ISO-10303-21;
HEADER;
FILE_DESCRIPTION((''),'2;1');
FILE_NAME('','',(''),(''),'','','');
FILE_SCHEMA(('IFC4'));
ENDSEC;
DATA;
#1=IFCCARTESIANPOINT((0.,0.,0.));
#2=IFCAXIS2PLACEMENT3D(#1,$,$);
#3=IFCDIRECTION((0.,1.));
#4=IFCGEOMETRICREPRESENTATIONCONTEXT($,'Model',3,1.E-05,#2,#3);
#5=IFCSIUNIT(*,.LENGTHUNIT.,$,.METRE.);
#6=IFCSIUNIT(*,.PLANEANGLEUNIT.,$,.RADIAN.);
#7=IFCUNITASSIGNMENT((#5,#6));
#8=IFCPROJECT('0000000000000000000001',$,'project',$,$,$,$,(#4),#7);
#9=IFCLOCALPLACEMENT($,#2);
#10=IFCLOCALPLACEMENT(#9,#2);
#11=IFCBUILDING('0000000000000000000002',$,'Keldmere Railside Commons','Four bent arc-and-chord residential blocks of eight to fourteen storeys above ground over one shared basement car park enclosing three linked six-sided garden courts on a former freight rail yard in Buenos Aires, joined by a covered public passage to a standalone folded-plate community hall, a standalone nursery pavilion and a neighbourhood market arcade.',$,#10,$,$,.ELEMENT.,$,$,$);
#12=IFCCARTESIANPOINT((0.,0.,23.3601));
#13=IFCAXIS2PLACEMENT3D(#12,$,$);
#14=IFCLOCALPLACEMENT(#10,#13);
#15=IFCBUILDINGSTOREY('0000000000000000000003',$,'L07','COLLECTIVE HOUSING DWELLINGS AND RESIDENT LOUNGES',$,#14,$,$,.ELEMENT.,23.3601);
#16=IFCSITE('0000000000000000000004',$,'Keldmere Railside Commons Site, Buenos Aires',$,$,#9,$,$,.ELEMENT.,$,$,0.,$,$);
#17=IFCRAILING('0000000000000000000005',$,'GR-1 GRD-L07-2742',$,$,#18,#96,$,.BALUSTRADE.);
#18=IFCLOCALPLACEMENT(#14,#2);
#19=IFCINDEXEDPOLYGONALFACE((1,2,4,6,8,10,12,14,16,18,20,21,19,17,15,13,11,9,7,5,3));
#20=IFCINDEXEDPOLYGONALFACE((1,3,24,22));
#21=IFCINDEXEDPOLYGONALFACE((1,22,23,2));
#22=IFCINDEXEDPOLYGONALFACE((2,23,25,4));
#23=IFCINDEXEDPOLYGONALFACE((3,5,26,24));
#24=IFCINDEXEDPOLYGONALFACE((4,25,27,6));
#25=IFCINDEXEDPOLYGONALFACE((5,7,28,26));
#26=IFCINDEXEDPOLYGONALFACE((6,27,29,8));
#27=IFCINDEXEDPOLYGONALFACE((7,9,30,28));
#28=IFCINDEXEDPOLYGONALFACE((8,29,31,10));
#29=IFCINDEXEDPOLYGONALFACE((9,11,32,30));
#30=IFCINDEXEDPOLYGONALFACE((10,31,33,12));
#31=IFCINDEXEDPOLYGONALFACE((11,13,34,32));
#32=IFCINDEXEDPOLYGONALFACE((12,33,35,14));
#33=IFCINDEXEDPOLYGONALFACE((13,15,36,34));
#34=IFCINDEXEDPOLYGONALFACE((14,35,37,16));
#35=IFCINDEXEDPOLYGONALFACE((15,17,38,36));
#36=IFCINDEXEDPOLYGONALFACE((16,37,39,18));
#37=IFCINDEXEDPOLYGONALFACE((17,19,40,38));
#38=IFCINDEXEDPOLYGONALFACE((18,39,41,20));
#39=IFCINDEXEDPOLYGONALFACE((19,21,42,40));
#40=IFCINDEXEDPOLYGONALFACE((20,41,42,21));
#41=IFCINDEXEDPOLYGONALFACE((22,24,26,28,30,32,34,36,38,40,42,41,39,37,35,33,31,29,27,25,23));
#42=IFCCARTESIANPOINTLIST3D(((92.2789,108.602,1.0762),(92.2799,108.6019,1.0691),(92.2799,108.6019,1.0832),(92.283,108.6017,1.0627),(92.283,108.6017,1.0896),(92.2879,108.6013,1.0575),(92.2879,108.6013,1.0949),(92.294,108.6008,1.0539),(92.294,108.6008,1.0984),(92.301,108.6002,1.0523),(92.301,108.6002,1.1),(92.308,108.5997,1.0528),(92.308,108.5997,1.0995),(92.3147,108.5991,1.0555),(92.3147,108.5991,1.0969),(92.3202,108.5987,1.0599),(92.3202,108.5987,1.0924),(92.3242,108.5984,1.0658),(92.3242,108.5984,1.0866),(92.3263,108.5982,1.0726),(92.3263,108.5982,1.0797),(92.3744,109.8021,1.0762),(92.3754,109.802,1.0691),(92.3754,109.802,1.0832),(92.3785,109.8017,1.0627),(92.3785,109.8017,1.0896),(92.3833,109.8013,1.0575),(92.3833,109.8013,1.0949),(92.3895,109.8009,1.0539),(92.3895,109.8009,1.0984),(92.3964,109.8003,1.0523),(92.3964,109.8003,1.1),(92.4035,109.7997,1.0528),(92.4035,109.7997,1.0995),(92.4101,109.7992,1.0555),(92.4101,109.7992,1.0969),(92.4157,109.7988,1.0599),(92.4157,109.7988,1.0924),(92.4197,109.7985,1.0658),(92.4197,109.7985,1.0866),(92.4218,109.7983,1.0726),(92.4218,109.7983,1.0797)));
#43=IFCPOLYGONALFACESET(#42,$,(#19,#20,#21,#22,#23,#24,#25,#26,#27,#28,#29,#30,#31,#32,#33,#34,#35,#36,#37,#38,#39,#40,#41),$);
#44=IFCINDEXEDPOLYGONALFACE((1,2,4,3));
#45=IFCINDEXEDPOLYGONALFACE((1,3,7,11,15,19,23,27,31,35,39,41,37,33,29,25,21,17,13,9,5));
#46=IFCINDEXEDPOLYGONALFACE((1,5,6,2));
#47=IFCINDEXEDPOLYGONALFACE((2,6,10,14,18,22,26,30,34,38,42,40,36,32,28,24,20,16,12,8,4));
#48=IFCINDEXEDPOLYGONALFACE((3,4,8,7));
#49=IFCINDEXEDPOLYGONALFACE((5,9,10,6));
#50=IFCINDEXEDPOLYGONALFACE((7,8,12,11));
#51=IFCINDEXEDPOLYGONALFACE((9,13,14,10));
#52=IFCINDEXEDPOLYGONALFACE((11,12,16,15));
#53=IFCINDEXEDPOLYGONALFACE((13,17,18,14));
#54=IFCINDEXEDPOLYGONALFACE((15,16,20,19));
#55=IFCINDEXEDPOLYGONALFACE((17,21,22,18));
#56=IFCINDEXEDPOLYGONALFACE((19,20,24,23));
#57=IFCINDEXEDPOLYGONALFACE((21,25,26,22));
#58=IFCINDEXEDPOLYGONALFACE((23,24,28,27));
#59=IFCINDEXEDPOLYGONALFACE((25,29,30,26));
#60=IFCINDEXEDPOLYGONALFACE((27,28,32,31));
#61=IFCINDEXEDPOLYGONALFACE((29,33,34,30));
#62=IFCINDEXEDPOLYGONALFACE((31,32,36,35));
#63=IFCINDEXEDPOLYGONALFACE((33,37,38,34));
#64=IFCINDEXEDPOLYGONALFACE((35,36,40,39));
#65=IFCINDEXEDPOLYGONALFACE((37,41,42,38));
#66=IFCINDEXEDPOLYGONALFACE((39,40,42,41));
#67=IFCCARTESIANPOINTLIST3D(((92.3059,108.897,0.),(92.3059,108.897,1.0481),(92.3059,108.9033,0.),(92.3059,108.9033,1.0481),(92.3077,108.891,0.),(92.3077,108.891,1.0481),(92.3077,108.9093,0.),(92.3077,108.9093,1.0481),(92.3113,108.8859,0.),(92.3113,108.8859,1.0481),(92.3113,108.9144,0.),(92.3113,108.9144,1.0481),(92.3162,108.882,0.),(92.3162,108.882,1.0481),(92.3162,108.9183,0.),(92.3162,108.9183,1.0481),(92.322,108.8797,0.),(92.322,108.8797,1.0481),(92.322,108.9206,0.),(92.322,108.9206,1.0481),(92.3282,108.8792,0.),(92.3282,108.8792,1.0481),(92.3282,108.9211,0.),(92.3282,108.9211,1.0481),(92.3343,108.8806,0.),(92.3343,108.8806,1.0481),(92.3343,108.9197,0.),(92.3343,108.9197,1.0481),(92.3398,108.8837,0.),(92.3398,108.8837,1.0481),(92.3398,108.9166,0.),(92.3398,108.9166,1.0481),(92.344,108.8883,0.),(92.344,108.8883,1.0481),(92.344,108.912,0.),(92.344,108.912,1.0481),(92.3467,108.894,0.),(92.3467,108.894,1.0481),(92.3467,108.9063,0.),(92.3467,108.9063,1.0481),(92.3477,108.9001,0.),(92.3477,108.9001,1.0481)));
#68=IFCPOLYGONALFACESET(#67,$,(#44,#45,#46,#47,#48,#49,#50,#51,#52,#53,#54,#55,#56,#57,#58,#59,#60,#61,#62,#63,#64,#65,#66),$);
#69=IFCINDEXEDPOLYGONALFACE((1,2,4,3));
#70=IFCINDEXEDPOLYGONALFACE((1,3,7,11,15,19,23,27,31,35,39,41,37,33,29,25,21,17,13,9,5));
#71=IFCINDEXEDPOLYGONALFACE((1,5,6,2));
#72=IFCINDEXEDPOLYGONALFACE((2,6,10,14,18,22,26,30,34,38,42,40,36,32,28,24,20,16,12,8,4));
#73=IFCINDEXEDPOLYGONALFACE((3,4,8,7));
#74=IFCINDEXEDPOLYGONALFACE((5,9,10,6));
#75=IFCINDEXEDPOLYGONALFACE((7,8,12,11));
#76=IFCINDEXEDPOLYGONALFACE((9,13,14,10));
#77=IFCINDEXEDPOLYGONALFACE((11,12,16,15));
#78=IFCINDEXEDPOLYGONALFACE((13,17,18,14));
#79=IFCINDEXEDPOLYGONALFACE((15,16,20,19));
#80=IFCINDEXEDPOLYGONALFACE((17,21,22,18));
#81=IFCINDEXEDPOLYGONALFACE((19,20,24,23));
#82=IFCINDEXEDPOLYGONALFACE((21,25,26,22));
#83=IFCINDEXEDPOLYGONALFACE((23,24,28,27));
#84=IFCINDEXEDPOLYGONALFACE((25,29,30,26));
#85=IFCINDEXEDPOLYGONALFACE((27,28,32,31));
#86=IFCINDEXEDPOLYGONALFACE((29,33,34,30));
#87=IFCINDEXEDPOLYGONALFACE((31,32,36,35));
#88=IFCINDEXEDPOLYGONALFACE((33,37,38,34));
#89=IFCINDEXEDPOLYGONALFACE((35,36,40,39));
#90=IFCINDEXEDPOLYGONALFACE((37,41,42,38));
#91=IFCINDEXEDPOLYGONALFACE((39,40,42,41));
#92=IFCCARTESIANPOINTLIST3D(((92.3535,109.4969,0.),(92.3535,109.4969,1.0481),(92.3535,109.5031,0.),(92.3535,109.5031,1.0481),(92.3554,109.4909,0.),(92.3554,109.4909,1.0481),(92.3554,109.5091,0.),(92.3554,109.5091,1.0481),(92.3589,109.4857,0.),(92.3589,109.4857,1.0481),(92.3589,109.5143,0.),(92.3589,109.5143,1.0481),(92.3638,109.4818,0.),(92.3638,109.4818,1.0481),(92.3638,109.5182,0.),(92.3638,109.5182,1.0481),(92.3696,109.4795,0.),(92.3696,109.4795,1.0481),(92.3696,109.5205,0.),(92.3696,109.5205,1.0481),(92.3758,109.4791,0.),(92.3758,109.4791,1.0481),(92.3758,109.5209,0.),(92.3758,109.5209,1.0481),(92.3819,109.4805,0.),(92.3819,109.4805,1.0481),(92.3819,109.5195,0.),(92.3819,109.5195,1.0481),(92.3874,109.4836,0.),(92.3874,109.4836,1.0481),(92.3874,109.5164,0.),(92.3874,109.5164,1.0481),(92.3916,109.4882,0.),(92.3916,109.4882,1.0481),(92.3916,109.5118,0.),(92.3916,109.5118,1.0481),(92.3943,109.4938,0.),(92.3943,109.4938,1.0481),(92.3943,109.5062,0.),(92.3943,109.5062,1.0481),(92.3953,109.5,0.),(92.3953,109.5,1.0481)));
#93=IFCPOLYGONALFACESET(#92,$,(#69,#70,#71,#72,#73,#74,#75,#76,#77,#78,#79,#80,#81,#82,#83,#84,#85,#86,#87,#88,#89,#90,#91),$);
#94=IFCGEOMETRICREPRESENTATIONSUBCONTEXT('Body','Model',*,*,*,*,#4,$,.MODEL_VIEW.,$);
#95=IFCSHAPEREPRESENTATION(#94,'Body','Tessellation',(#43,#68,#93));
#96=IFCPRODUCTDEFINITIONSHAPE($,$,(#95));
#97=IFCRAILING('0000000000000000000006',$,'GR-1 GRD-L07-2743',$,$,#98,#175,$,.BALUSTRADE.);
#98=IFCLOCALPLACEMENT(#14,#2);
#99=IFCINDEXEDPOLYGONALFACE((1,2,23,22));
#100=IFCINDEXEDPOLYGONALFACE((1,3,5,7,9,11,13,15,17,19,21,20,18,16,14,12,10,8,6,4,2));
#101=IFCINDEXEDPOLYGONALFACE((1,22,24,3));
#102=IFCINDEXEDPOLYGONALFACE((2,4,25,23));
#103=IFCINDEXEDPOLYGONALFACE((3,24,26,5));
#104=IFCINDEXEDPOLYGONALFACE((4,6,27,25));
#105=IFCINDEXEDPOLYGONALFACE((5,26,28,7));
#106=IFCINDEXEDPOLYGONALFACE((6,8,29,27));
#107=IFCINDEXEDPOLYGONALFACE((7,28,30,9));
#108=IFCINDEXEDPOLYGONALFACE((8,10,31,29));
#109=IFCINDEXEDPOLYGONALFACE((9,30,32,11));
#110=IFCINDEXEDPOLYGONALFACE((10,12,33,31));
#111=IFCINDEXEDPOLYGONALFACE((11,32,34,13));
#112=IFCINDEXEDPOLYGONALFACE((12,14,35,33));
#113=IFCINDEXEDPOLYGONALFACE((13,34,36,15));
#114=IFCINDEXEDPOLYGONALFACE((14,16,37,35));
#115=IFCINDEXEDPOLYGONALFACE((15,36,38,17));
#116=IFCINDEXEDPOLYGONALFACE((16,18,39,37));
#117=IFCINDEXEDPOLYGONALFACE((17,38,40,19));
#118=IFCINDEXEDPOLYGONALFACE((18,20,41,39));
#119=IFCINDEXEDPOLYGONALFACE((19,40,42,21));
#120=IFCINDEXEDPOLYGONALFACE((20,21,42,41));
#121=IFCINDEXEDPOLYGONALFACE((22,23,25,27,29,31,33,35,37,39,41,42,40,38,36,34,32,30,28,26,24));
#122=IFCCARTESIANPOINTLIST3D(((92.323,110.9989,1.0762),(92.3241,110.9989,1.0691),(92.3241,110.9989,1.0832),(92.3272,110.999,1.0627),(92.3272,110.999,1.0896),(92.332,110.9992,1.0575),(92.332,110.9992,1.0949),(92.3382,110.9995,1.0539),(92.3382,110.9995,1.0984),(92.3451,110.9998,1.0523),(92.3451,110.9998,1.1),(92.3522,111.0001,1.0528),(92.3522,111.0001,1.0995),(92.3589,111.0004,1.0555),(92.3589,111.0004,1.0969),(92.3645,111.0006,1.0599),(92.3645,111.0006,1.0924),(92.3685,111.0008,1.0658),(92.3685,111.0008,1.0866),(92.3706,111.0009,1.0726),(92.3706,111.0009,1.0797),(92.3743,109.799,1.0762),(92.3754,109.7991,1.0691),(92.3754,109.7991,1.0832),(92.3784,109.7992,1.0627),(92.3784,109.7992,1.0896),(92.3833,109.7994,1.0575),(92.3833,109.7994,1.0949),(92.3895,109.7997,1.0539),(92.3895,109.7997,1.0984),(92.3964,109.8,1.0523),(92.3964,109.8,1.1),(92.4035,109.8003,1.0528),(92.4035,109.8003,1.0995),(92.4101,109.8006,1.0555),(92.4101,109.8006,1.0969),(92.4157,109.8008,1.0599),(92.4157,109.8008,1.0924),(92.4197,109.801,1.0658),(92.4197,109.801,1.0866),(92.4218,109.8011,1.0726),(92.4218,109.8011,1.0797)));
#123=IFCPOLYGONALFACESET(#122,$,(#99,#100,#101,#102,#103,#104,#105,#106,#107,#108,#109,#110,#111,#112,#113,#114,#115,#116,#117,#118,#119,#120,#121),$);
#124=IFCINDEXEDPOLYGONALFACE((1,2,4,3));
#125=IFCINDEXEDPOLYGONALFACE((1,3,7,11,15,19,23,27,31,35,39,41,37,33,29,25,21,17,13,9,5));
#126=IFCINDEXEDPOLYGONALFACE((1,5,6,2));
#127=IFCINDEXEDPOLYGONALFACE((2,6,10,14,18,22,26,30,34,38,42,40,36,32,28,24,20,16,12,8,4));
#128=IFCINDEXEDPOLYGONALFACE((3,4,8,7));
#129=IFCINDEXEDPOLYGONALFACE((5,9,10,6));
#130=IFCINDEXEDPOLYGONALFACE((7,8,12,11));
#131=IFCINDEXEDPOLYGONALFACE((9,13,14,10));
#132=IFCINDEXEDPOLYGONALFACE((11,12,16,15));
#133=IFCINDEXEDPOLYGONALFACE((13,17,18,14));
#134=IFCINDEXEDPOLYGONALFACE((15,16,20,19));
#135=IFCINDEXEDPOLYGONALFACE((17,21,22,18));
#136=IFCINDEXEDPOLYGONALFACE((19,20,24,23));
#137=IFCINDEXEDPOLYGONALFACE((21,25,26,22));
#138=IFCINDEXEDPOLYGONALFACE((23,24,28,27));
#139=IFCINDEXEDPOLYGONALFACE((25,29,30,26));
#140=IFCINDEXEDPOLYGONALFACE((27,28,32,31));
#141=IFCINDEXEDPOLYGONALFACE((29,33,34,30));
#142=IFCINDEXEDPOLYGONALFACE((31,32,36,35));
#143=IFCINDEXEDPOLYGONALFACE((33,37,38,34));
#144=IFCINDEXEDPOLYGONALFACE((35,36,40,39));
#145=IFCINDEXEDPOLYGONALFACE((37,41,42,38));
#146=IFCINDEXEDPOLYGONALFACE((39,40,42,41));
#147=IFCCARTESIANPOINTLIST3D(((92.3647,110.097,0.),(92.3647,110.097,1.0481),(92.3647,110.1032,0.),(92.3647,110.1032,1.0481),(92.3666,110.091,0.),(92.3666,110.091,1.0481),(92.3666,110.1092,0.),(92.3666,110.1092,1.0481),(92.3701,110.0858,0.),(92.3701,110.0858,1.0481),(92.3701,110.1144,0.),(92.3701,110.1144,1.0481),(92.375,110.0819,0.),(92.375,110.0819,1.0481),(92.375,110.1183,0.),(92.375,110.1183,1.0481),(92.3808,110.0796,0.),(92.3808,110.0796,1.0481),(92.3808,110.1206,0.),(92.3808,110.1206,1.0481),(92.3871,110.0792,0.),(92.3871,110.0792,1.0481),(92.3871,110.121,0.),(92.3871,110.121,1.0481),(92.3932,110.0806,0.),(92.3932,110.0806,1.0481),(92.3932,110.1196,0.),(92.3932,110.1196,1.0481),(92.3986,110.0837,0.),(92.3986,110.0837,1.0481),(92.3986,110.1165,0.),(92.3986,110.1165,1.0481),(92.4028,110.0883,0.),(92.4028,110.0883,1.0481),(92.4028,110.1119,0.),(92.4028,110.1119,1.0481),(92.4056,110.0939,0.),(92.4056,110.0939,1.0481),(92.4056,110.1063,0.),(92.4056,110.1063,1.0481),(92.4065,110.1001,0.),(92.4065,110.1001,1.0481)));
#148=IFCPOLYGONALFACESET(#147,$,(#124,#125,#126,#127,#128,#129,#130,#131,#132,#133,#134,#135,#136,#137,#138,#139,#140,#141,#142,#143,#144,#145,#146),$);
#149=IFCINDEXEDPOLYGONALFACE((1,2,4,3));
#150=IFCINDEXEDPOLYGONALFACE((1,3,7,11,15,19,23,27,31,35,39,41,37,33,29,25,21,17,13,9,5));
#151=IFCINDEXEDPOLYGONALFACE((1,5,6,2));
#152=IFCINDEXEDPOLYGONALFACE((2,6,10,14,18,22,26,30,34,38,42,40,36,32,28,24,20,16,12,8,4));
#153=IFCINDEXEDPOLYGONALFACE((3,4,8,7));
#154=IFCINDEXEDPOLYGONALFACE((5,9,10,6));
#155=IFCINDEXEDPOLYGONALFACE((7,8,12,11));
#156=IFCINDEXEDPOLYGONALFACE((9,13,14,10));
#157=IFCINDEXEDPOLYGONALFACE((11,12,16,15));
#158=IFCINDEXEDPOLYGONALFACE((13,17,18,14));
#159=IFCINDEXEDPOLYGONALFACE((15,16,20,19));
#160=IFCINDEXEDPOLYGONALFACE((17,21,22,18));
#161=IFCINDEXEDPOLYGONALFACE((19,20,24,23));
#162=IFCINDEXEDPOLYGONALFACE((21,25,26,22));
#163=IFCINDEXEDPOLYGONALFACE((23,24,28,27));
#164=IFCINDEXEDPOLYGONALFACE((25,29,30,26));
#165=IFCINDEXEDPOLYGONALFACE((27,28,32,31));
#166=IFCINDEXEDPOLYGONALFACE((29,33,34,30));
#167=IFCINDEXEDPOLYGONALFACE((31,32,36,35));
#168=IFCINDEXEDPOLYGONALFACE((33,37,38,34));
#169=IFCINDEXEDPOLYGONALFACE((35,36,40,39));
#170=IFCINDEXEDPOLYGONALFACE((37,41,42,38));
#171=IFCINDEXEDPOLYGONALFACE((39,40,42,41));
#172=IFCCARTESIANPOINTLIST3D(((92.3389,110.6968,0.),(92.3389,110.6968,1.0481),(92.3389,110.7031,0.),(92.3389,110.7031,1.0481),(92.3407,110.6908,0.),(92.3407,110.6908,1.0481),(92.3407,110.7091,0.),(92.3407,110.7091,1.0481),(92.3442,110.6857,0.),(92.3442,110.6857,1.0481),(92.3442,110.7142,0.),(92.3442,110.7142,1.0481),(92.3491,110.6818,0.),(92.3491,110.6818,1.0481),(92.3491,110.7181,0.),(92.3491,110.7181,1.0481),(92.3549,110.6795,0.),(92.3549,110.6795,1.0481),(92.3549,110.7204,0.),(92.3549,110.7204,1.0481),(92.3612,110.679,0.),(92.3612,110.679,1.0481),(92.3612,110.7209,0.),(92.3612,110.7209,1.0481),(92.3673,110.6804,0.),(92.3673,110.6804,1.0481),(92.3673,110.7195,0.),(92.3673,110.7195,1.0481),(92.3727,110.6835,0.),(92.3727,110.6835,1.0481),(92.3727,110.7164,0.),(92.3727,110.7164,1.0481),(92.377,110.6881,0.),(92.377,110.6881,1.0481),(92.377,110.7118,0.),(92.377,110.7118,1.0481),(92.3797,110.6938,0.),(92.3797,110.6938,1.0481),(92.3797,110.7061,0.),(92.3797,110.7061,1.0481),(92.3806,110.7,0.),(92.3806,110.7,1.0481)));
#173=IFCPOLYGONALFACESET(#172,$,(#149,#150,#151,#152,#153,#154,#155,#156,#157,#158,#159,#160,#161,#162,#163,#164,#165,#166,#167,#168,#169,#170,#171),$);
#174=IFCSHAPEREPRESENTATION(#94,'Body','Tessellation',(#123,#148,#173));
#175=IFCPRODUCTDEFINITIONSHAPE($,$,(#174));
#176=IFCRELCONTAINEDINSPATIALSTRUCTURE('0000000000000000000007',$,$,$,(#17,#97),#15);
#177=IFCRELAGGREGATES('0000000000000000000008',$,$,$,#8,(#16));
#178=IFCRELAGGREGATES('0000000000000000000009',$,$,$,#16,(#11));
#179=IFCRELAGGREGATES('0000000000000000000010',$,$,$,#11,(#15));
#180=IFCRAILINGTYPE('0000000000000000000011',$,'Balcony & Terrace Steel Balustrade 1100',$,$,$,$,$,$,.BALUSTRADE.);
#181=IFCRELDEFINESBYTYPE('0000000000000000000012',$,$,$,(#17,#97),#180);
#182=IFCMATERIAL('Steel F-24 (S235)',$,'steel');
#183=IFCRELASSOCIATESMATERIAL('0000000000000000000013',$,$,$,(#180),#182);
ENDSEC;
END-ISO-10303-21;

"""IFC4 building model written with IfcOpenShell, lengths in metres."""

from ifc_helpers import new_model, si_unit, direction, frame, origin, origin_2d, place, context, subcontext, project, spatial, circle, extrude, material, type_object, element, save


model = new_model("IFC4")

# Units and contexts
model_context = context("Model", 3, precision=1e-05, world=origin(), true_north=direction((0.0, 1.0)))
body_context = subcontext(model_context, "Body", "Model", "MODEL_VIEW")
ifc_project = project(units=[si_unit("LENGTHUNIT", "METRE"), si_unit("PLANEANGLEUNIT", "RADIAN")], contexts=[model_context])

# Site, building, storey
site_placement = place(None, origin())
site = spatial("IfcSite", under=ifc_project, at=site_placement, Name="Keldmere Railside Commons Site, Buenos Aires", CompositionType="ELEMENT", RefElevation=0.0)
building_placement = place(site_placement, origin())
building = spatial("IfcBuilding", under=site, at=building_placement, Name="Keldmere Railside Commons", Description="Four bent arc-and-chord residential blocks of eight to fourteen storeys above ground over one shared basement car park enclosing three linked six-sided garden courts on a former freight rail yard in Buenos Aires, joined by a covered public passage to a standalone folded-plate community hall, a standalone nursery pavilion and a neighbourhood market arcade.", CompositionType="ELEMENT")
storey_placement = place(building_placement, frame((0.0, 0.0, 23.3601)))
storey = spatial("IfcBuildingStorey", under=building, at=storey_placement, Name="L07", Description="COLLECTIVE HOUSING DWELLINGS AND RESIDENT LOUNGES", CompositionType="ELEMENT", Elevation=23.3601)

# Railings
ifc_material_1 = material(Name="Steel F-24 (S235)", Category="steel")
railing_type = type_object("IfcRailingType", Name="Balcony & Terrace Steel Balustrade 1100", PredefinedType="BALUSTRADE", material=ifc_material_1)
railing_1_placement = place(storey_placement, frame((92.3027, 108.6001, 0.0)))
element("IfcRailing", 1, at=railing_1_placement, inside=storey, type_object=railing_type, Name="GR-1 GRD-L07-2742", PredefinedType="BALUSTRADE", context=body_context, shape_type="SweptSolid", body=[
    extrude(circle(Radius=0.0239, at=origin_2d()), frame((0.0, 0.0, 1.0762), z_axis=(0.079302, 0.996851, 0.0), x_axis=(-0.996851, 0.079302, 0.0)), (0.0, 0.0, 1.0), 1.2039),
    extrude(circle(Radius=0.021, at=origin_2d()), frame((0.0239, 0.3, 0.0)), (0.0, 0.0, 1.0), 1.0481),
    extrude(circle(Radius=0.021, at=origin_2d()), frame((0.0715, 0.8999, 0.0)), (0.0, 0.0, 1.0), 1.0481),
])
railing_2_placement = place(storey_placement, frame((92.3982, 109.8, 0.0)))
element("IfcRailing", 2, at=railing_2_placement, inside=storey, type_object=railing_type, Name="GR-1 GRD-L07-2743", PredefinedType="BALUSTRADE", context=body_context, shape_type="SweptSolid", body=[
    extrude(circle(Radius=0.0239, at=origin_2d()), frame((0.0, 0.0, 1.0762), z_axis=(-0.042687, 0.999088, 0.0), x_axis=(-0.999088, -0.042687, 0.0)), (0.0, 0.0, 1.0), 1.2009),
    extrude(circle(Radius=0.021, at=origin_2d()), frame((-0.0127, 0.3, 0.0)), (0.0, 0.0, 1.0), 1.0481),
    extrude(circle(Radius=0.021, at=origin_2d()), frame((-0.0386, 0.8999, 0.0)), (0.0, 0.0, 1.0), 1.0481),
])

save(model, "model.ifc")
